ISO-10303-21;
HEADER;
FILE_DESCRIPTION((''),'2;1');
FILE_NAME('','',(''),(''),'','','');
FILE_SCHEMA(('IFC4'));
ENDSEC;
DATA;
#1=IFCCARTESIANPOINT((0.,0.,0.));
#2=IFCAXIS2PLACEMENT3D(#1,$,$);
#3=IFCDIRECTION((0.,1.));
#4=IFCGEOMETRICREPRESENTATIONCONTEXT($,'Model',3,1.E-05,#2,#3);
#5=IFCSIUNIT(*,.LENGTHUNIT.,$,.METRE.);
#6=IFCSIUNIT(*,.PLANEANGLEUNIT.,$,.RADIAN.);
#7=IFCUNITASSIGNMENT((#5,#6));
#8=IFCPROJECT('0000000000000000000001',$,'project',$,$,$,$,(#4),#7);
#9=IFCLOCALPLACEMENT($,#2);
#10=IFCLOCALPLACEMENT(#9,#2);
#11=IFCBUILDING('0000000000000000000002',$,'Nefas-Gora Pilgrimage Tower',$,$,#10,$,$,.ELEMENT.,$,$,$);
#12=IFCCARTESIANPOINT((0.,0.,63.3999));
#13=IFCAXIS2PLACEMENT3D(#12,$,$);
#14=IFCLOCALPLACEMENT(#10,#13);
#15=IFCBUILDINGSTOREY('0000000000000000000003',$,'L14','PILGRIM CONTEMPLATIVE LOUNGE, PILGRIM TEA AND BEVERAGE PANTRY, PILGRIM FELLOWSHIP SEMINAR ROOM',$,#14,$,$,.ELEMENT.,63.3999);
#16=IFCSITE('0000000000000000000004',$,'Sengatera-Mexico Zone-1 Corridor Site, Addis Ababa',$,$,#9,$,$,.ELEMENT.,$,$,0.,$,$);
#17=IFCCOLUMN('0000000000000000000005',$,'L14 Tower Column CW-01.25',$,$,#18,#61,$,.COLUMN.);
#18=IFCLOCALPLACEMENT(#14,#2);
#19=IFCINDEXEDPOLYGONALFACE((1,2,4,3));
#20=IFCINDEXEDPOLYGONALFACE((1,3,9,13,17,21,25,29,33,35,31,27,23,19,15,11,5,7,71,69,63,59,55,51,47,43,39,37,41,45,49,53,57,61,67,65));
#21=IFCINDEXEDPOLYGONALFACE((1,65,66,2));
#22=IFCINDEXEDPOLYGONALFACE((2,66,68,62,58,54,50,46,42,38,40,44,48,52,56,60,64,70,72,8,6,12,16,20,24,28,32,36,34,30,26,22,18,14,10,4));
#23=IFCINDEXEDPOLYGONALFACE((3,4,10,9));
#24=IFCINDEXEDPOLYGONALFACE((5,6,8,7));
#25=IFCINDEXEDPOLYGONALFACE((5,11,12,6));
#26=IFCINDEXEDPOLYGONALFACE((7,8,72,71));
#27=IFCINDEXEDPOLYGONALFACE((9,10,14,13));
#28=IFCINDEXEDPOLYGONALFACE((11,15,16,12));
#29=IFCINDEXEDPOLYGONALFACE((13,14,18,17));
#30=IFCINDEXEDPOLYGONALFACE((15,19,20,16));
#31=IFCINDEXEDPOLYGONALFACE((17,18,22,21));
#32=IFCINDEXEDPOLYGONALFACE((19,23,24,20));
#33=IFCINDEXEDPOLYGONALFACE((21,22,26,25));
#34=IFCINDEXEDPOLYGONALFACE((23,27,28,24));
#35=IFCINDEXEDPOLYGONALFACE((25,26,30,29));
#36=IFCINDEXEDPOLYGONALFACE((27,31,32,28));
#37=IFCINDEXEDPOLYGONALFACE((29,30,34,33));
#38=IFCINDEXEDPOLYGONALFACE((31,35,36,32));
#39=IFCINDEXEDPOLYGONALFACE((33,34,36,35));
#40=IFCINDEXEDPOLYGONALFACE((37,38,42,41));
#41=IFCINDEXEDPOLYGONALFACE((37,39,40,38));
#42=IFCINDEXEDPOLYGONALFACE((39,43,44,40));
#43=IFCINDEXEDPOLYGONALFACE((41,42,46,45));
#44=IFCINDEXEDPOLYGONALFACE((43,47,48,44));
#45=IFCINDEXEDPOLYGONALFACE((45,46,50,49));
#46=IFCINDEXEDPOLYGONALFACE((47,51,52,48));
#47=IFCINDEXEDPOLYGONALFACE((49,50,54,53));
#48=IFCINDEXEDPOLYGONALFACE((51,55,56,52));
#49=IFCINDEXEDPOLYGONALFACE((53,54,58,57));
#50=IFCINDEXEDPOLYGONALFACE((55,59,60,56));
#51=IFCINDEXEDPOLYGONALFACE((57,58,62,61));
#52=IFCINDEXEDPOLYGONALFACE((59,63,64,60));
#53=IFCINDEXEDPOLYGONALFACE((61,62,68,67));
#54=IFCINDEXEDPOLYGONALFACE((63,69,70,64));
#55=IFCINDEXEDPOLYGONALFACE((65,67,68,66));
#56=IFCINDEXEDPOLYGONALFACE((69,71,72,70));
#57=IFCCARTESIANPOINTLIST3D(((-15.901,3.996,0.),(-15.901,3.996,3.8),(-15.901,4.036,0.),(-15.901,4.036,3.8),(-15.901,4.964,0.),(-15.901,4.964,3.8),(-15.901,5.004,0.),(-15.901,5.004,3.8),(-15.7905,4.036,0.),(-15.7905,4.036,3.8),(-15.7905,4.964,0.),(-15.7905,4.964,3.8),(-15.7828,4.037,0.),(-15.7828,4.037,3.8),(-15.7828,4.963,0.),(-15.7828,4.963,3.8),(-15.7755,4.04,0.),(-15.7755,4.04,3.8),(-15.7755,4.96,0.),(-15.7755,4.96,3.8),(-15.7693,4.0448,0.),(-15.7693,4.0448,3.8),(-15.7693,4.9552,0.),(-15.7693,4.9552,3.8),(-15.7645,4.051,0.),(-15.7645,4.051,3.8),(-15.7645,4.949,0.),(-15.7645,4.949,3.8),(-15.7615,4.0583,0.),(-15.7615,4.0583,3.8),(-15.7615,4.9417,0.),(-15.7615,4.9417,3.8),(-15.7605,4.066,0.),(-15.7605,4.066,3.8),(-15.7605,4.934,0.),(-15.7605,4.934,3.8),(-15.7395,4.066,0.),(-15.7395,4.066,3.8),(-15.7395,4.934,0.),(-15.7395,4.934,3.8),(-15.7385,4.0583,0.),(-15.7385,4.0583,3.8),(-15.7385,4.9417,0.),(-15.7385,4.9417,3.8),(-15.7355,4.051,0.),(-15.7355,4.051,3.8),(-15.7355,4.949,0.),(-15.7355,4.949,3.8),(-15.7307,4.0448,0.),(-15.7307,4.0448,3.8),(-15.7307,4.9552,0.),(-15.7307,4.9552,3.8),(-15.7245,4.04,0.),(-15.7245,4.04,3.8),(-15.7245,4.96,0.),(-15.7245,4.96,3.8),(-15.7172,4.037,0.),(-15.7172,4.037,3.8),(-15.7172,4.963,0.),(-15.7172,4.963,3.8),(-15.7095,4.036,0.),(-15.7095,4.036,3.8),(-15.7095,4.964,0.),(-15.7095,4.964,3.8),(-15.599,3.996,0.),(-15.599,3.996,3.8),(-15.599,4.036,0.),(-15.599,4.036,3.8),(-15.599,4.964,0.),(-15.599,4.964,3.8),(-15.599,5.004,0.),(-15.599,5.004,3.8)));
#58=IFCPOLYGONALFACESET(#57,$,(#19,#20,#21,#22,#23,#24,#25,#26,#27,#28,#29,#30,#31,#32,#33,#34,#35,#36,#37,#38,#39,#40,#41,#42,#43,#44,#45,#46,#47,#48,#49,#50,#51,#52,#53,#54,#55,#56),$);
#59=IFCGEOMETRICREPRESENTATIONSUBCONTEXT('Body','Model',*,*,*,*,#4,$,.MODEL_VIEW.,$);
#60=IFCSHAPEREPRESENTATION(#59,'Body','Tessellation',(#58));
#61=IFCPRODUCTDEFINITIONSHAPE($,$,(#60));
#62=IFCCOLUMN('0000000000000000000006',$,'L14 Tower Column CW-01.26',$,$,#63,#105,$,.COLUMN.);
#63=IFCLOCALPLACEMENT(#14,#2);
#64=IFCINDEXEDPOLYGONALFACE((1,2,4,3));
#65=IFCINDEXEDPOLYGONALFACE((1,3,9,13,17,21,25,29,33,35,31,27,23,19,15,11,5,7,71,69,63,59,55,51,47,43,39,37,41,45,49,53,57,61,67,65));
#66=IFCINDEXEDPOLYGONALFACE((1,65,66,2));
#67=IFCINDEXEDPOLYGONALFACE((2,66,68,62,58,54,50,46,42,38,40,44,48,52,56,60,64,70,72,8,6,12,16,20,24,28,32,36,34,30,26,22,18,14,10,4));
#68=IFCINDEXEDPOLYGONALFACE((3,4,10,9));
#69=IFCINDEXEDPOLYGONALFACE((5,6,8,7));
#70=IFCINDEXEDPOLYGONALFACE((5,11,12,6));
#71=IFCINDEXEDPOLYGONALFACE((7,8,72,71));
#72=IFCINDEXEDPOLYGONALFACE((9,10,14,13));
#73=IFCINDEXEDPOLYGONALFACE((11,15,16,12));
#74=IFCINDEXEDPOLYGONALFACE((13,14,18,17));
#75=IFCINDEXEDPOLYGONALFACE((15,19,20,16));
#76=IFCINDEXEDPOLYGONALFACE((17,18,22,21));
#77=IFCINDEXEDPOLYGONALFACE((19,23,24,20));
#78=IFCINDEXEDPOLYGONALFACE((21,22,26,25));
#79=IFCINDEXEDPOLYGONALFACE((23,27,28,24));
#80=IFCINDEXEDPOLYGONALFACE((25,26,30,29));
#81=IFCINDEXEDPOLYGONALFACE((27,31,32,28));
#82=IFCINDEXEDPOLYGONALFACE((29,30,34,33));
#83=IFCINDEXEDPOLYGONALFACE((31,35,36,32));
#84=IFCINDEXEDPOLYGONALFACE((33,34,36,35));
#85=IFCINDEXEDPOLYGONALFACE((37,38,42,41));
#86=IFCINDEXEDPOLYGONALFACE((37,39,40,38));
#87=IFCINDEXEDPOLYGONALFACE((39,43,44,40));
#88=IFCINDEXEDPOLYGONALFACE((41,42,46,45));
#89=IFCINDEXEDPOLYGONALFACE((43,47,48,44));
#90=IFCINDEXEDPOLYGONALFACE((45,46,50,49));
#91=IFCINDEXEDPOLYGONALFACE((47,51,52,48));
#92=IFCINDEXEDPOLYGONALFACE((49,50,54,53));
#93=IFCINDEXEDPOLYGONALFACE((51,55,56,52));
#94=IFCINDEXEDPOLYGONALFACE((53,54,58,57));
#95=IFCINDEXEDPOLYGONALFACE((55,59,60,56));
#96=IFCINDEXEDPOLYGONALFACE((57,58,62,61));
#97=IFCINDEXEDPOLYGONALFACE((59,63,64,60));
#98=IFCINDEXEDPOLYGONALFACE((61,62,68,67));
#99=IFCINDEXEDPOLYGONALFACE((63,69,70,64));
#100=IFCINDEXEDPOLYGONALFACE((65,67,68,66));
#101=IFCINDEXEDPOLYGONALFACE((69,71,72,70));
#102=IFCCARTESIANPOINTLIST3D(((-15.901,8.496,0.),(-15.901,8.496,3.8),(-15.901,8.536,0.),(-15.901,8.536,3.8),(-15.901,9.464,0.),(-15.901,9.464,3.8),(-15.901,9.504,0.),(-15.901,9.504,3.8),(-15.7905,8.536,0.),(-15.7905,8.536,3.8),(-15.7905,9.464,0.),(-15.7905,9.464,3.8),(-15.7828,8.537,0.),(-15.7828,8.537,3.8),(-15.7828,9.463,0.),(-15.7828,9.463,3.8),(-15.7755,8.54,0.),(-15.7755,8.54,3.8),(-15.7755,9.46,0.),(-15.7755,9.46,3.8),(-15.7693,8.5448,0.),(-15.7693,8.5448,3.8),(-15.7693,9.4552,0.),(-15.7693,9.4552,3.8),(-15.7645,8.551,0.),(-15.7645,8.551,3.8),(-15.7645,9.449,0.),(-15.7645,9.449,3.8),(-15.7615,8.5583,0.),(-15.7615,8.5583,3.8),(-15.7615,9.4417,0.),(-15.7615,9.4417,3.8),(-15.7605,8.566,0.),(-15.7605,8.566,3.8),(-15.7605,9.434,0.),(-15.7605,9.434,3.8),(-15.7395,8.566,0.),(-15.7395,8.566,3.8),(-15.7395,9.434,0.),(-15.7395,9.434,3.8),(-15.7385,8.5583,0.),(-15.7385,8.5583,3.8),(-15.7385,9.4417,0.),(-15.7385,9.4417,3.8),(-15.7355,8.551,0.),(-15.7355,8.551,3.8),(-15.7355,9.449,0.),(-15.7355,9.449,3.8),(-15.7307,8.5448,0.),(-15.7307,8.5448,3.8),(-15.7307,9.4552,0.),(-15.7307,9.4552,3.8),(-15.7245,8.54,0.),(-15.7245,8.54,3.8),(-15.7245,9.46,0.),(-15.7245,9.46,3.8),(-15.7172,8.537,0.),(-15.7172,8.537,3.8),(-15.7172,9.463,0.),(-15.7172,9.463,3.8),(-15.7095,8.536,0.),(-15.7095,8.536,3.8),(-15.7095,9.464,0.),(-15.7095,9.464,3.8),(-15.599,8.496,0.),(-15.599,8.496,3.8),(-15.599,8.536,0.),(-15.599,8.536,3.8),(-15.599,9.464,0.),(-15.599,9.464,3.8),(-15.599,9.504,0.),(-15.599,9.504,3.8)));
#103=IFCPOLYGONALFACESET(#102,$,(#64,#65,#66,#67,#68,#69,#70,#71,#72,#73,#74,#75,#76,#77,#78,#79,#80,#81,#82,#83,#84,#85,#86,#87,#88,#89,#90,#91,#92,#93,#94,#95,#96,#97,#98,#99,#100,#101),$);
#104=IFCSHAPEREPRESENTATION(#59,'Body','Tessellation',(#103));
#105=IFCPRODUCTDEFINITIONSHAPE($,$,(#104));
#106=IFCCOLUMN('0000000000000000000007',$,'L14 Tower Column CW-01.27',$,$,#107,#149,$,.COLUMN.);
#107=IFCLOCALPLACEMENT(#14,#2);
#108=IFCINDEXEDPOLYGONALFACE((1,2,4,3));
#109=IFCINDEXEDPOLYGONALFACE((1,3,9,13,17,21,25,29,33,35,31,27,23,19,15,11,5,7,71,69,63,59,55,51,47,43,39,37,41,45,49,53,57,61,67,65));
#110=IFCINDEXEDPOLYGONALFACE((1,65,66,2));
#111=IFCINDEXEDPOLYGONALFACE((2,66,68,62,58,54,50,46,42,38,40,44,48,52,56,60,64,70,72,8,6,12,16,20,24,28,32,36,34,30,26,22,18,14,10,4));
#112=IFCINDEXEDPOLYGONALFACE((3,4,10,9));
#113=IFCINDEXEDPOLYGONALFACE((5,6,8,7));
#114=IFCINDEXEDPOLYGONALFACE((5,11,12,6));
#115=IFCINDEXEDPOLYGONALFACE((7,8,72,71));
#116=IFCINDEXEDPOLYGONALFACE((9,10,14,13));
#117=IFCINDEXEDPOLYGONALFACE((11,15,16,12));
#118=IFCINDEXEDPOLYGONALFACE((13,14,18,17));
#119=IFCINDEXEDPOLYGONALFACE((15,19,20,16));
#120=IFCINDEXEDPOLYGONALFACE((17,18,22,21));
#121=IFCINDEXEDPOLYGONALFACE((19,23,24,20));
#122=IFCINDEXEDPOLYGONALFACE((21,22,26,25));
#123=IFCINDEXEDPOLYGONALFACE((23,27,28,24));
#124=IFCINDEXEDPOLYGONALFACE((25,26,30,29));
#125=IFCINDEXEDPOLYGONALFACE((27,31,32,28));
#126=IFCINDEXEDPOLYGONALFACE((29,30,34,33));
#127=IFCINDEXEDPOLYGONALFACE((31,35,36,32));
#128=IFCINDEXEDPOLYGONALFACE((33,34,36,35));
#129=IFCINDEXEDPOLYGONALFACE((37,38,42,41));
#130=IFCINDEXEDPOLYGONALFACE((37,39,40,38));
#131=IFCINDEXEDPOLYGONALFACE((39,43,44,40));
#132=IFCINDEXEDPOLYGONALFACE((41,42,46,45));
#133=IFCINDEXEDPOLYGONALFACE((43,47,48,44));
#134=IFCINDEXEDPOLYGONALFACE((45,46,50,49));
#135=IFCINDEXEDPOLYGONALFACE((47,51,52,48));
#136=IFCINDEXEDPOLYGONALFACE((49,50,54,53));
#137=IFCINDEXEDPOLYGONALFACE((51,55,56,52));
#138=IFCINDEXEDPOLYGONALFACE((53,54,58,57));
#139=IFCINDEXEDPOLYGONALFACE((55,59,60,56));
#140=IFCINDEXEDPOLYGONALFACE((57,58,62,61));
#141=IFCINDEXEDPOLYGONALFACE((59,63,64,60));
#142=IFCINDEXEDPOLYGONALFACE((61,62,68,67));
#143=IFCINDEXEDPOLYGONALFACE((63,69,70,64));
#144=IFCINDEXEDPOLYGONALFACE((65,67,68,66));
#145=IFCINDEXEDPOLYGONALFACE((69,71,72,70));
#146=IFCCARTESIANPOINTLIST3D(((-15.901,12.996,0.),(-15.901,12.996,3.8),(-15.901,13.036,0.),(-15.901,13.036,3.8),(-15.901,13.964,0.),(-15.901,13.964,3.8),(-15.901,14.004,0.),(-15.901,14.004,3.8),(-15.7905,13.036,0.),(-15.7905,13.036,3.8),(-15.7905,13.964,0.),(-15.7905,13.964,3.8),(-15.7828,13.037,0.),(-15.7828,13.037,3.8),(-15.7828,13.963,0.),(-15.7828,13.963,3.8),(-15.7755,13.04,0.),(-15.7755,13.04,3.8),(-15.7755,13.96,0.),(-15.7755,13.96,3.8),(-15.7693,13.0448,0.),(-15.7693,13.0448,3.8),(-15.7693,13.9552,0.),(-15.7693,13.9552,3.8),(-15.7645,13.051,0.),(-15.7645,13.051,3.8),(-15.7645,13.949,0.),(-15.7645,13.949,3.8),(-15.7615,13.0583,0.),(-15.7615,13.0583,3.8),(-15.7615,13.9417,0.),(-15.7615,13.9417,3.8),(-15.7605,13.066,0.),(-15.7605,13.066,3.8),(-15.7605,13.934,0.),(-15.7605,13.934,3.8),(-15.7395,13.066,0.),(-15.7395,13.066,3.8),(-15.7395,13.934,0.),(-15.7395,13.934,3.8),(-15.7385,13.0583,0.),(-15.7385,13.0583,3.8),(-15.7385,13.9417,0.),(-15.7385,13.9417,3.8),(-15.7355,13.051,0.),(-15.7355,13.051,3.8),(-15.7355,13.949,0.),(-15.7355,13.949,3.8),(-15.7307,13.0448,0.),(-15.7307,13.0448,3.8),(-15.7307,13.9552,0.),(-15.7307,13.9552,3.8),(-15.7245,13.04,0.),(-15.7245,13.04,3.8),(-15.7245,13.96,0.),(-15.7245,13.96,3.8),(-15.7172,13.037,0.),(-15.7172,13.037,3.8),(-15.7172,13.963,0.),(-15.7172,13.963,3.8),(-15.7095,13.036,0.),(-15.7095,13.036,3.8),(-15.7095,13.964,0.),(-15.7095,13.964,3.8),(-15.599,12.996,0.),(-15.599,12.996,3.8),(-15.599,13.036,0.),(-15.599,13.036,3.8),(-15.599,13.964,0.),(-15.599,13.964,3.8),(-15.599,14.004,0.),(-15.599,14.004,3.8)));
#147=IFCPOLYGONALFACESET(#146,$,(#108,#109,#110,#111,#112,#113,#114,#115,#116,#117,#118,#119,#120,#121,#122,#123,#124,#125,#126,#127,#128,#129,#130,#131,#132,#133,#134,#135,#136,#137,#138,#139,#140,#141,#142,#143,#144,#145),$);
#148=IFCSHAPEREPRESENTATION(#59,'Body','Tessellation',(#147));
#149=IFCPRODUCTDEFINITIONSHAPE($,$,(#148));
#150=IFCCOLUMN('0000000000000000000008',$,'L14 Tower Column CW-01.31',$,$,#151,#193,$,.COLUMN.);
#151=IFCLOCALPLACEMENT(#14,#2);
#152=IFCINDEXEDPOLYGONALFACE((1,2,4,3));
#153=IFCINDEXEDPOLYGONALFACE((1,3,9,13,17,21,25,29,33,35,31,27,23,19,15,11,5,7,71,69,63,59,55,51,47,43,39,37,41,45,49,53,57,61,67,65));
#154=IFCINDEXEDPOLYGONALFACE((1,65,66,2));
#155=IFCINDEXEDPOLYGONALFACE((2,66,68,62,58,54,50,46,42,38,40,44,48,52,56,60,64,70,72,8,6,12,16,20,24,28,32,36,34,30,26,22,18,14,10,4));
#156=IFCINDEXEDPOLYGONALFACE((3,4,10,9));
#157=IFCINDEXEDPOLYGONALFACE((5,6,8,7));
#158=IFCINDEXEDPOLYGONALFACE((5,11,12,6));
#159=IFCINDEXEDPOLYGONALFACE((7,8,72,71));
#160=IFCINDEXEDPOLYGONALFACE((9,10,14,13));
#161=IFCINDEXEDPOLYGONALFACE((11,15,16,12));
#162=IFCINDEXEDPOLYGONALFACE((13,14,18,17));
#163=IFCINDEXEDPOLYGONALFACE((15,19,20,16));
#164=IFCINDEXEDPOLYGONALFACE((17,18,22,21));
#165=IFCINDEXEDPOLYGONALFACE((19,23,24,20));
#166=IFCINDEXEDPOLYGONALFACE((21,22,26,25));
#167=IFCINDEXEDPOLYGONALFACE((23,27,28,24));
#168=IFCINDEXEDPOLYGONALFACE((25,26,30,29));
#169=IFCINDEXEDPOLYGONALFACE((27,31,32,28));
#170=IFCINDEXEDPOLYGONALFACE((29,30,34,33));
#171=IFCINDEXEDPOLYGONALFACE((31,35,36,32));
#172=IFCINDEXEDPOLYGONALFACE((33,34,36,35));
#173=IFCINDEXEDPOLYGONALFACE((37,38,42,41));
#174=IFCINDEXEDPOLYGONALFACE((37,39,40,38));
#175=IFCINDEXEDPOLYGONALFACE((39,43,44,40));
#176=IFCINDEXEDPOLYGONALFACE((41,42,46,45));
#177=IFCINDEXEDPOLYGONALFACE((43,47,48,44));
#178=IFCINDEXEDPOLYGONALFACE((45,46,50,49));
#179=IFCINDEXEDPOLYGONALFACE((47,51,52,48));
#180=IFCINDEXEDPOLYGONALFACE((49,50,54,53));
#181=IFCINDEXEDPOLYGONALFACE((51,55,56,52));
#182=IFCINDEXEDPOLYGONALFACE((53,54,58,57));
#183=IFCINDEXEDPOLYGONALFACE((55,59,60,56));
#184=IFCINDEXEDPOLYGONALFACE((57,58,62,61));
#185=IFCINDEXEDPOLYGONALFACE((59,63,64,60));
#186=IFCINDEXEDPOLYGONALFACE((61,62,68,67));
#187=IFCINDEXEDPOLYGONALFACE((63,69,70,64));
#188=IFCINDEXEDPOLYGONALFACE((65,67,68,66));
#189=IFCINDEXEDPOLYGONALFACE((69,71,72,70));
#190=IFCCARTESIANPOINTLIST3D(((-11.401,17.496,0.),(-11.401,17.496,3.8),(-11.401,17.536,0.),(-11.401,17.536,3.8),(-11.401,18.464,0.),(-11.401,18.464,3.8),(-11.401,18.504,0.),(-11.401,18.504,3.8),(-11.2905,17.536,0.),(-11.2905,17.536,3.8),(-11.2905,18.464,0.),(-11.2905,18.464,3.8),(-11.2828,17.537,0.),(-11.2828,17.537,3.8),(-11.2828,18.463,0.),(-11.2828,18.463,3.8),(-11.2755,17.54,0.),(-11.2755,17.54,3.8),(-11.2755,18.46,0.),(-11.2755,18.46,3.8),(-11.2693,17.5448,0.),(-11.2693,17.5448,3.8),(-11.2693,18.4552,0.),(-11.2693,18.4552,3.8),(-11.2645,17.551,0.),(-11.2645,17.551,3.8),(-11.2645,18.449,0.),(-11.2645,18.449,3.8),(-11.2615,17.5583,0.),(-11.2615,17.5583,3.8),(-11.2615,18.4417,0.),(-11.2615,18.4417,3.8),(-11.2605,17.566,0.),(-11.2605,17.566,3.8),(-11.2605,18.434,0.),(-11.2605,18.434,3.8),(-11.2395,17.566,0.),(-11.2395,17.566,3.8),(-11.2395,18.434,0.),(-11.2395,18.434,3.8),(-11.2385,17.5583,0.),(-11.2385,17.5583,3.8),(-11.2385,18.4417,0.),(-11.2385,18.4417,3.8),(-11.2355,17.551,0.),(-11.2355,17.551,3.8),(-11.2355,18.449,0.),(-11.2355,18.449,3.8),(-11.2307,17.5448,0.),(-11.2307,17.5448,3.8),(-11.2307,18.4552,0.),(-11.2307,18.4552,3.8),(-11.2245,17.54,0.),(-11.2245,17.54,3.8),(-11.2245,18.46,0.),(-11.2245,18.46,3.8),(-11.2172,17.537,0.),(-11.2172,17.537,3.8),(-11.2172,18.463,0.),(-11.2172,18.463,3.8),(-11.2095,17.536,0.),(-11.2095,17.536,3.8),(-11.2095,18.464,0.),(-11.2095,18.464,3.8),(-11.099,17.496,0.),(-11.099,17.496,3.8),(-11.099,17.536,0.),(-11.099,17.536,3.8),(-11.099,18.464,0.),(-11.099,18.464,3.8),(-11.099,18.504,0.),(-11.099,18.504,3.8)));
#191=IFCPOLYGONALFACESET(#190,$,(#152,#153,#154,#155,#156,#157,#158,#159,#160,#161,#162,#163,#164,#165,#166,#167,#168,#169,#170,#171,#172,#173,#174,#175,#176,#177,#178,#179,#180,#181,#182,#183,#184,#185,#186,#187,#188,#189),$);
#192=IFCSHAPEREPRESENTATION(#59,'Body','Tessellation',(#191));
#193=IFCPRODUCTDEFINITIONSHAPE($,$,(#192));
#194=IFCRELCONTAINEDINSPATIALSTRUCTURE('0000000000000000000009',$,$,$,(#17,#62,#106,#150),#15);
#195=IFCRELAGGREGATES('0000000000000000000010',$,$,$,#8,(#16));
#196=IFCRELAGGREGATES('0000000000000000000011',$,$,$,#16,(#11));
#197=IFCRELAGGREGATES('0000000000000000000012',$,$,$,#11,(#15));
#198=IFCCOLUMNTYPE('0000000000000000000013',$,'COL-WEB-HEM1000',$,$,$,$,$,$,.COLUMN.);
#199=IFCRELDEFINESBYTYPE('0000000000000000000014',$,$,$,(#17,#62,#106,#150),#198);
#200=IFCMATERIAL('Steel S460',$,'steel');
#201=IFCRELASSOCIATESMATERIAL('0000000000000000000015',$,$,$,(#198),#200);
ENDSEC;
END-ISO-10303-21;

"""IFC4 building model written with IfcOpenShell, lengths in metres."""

from ifc_helpers import new_model, si_unit, direction, frame, origin, origin_2d, place, context, subcontext, project, spatial, i_section, extrude, source, transform, mapped, material, material_profile, profile_set, type_object, element, save


model = new_model("IFC4")

# Units and contexts
model_context = context("Model", 3, precision=1e-05, world=origin(), true_north=direction((0.0, 1.0)))
body_context = subcontext(model_context, "Body", "Model", "MODEL_VIEW")
ifc_project = project(units=[si_unit("LENGTHUNIT", "METRE"), si_unit("PLANEANGLEUNIT", "RADIAN")], contexts=[model_context])

# Site, building, storey
site_placement = place(None, origin())
site = spatial("IfcSite", under=ifc_project, at=site_placement, Name="Sengatera-Mexico Zone-1 Corridor Site, Addis Ababa", CompositionType="ELEMENT", RefElevation=0.0)
building_placement = place(site_placement, origin())
building = spatial("IfcBuilding", under=site, at=building_placement, Name="Nefas-Gora Pilgrimage Tower", CompositionType="ELEMENT")
storey_placement = place(building_placement, frame((0.0, 0.0, 63.3999)))
storey = spatial("IfcBuildingStorey", under=building, at=storey_placement, Name="L14", Description="PILGRIM CONTEMPLATIVE LOUNGE, PILGRIM TEA AND BEVERAGE PANTRY, PILGRIM FELLOWSHIP SEMINAR ROOM", CompositionType="ELEMENT", Elevation=63.3999)

# Columns
ifc_material_1 = material(Name="Steel S460", Category="steel")
ifc_material_profile_1 = material_profile(ifc_material_1, i_section(OverallWidth=0.302, OverallDepth=1.0081, WebThickness=0.021, FlangeThickness=0.04, FilletRadius=0.03, at=origin_2d()), Name="HEM 1000")
ifc_profile_set_1 = profile_set([ifc_material_profile_1], Name="Steel S460")
column_type_1 = type_object("IfcColumnType", Name="COL-WEB-HEM1000", PredefinedType="COLUMN", material=ifc_profile_set_1)
shared_shape_1 = source(origin(), body_context, "Body", "SweptSolid", [
    extrude(i_section(OverallWidth=0.302, OverallDepth=1.0081, WebThickness=0.021, FlangeThickness=0.04, FilletRadius=0.03, at=origin_2d()), origin(), (0.0, 0.0, 1.0), 3.8),
])
for number, where, z_axis, x_axis, name in (
    (1, (-15.75, 4.5, 0.0), (0.0, 0.0, 1.0), (1.0, 0.0, 0.0), "L14 Tower Column CW-01.25"),
    (2, (-15.75, 9.0, 0.0), (0.0, 0.0, 1.0), (1.0, 0.0, 0.0), "L14 Tower Column CW-01.26"),
    (3, (-15.75, 13.5, 0.0), (0.0, 0.0, 1.0), (1.0, 0.0, 0.0), "L14 Tower Column CW-01.27"),
    (4, (-11.25, 18.0, 0.0), (0.0, 0.0, 1.0), (1.0, 0.0, 0.0), "L14 Tower Column CW-01.31"),
):
    element("IfcColumn", number, at=place(storey_placement, frame(where, z_axis=z_axis, x_axis=x_axis)), inside=storey, type_object=column_type_1, Name=name, PredefinedType="COLUMN", context=body_context, shape_type="MappedRepresentation", body=[
        mapped(shared_shape_1, transform((0.0, 0.0, 0.0), x_axis=(1.0, 0.0, 0.0), y_axis=(0.0, 1.0, 0.0), z_axis=(0.0, 0.0, 1.0), scale=1.0)),
    ])

save(model, "model.ifc")
